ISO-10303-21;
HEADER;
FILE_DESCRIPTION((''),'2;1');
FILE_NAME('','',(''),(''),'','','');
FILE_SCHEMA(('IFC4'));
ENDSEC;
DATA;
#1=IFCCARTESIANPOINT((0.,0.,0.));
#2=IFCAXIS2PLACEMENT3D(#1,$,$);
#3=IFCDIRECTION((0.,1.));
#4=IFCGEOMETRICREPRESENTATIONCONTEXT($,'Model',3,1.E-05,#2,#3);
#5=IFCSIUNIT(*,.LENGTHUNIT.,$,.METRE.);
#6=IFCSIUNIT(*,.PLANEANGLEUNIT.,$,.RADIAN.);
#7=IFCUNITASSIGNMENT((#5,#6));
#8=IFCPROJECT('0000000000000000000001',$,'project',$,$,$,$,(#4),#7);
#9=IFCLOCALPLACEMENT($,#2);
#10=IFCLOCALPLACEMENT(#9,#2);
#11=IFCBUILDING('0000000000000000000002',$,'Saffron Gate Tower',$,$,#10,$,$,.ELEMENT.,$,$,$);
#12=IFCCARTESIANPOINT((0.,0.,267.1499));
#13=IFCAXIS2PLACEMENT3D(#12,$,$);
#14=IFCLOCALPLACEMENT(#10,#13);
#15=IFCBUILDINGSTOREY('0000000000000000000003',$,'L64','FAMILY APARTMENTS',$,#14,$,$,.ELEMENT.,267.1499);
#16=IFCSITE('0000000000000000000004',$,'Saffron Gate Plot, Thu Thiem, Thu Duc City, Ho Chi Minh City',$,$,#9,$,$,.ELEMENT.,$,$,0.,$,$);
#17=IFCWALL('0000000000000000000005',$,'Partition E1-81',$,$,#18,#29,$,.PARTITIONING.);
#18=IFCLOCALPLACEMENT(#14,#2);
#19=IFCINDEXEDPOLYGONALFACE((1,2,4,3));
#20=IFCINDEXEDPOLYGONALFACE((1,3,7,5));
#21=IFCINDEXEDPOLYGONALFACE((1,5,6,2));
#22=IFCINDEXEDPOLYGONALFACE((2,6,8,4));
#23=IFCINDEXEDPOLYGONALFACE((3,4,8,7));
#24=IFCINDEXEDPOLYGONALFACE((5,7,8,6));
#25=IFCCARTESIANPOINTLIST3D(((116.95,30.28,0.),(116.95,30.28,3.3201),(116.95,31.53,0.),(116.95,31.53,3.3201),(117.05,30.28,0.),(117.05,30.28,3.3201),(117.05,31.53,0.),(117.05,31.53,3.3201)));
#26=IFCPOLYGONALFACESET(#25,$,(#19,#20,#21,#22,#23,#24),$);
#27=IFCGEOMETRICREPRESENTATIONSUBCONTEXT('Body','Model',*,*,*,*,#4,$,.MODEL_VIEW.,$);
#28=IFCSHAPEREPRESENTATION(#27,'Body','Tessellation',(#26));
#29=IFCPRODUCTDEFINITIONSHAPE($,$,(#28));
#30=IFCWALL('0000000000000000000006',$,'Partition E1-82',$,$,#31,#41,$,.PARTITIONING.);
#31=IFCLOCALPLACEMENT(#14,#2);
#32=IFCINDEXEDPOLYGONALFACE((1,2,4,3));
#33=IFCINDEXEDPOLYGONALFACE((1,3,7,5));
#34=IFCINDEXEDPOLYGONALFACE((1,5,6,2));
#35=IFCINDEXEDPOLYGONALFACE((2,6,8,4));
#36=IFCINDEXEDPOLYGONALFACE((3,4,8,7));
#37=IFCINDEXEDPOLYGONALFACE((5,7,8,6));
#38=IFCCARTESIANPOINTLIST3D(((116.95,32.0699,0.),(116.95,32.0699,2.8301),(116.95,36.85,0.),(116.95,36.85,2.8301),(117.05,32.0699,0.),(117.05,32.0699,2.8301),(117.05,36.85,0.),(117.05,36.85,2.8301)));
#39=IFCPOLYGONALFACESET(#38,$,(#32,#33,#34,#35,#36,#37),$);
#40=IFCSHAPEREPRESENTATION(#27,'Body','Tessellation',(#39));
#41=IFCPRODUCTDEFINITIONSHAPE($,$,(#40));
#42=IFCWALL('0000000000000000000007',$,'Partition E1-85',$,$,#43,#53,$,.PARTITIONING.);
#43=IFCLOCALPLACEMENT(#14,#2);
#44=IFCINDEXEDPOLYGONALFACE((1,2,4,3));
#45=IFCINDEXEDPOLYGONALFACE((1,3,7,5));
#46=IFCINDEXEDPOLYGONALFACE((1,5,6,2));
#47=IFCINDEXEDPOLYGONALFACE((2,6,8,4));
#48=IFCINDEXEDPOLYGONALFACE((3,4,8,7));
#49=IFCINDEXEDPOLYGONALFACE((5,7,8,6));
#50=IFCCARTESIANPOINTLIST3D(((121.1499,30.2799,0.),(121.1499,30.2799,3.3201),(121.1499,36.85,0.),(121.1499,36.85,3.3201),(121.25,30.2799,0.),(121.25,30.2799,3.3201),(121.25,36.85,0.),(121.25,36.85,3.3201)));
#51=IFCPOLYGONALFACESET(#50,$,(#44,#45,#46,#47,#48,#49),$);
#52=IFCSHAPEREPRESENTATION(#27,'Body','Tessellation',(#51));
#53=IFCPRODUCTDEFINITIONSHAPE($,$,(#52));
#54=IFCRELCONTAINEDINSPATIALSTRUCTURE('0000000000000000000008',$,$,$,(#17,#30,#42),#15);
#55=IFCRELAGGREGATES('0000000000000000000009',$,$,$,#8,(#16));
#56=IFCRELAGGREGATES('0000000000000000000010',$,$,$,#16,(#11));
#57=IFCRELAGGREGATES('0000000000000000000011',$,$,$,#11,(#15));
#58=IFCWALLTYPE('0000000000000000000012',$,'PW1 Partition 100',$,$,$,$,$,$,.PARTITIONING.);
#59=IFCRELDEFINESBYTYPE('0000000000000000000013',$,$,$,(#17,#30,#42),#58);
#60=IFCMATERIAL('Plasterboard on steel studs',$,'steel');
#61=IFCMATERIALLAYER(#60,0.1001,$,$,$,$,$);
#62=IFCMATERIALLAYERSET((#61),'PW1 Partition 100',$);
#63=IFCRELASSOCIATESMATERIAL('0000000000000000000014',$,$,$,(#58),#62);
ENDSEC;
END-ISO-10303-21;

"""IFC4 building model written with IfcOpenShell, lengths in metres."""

from ifc_helpers import new_model, si_unit, direction, frame, frame_2d, origin, place, context, subcontext, project, spatial, rectangle, extrude, material, layer, layer_set, type_object, element, save


model = new_model("IFC4")

# Units and contexts
model_context = context("Model", 3, precision=1e-05, world=origin(), true_north=direction((0.0, 1.0)))
body_context = subcontext(model_context, "Body", "Model", "MODEL_VIEW")
ifc_project = project(units=[si_unit("LENGTHUNIT", "METRE"), si_unit("PLANEANGLEUNIT", "RADIAN")], contexts=[model_context])

# Site, building, storey
site_placement = place(None, origin())
site = spatial("IfcSite", under=ifc_project, at=site_placement, Name="Saffron Gate Plot, Thu Thiem, Thu Duc City, Ho Chi Minh City", CompositionType="ELEMENT", RefElevation=0.0)
building_placement = place(site_placement, origin())
building = spatial("IfcBuilding", under=site, at=building_placement, Name="Saffron Gate Tower", CompositionType="ELEMENT")
storey_placement = place(building_placement, frame((0.0, 0.0, 267.1499)))
storey = spatial("IfcBuildingStorey", under=building, at=storey_placement, Name="L64", Description="FAMILY APARTMENTS", CompositionType="ELEMENT", Elevation=267.1499)

# Shared definitions
ifc_material_1 = material(Name="Plasterboard on steel studs", Category="steel")
ifc_layer_1 = layer(ifc_material_1, 0.1001)
ifc_layer_set_1 = layer_set([ifc_layer_1], Name="PW1 Partition 100")
wall_type = type_object("IfcWallType", Name="PW1 Partition 100", PredefinedType="PARTITIONING", material=ifc_layer_set_1)

# Walls
wall_1_placement = place(storey_placement, frame((117.0, 31.53, 0.0), z_axis=(0.0, 0.0, 1.0), x_axis=(0.0, -1.0, 0.0)))
element("IfcWall", 1, at=wall_1_placement, inside=storey, type_object=wall_type, Name="Partition E1-81", PredefinedType="PARTITIONING", context=body_context, shape_type="SweptSolid", body=[
    extrude(rectangle(XDim=1.25, YDim=0.1001, at=frame_2d((0.625, 0.0))), origin(), (0.0, 0.0, 1.0), 3.3201),
])
wall_2_placement = place(storey_placement, frame((117.0, 36.8501, 0.0), z_axis=(0.0, 0.0, 1.0), x_axis=(0.0, -1.0, 0.0)))
element("IfcWall", 2, at=wall_2_placement, inside=storey, type_object=wall_type, Name="Partition E1-82", PredefinedType="PARTITIONING", context=body_context, shape_type="SweptSolid", body=[
    extrude(rectangle(XDim=4.78, YDim=0.1001, at=frame_2d((2.3901, 0.0))), origin(), (0.0, 0.0, 1.0), 2.8301),
])
wall_3_placement = place(storey_placement, frame((121.2, 36.8501, 0.0), z_axis=(0.0, 0.0, 1.0), x_axis=(0.0, -1.0, 0.0)))
element("IfcWall", 3, at=wall_3_placement, inside=storey, type_object=wall_type, Name="Partition E1-85", PredefinedType="PARTITIONING", context=body_context, shape_type="SweptSolid", body=[
    extrude(rectangle(XDim=6.5701, YDim=0.1001, at=frame_2d((3.2852, 0.0))), origin(), (0.0, 0.0, 1.0), 3.3201),
])

save(model, "model.ifc")
